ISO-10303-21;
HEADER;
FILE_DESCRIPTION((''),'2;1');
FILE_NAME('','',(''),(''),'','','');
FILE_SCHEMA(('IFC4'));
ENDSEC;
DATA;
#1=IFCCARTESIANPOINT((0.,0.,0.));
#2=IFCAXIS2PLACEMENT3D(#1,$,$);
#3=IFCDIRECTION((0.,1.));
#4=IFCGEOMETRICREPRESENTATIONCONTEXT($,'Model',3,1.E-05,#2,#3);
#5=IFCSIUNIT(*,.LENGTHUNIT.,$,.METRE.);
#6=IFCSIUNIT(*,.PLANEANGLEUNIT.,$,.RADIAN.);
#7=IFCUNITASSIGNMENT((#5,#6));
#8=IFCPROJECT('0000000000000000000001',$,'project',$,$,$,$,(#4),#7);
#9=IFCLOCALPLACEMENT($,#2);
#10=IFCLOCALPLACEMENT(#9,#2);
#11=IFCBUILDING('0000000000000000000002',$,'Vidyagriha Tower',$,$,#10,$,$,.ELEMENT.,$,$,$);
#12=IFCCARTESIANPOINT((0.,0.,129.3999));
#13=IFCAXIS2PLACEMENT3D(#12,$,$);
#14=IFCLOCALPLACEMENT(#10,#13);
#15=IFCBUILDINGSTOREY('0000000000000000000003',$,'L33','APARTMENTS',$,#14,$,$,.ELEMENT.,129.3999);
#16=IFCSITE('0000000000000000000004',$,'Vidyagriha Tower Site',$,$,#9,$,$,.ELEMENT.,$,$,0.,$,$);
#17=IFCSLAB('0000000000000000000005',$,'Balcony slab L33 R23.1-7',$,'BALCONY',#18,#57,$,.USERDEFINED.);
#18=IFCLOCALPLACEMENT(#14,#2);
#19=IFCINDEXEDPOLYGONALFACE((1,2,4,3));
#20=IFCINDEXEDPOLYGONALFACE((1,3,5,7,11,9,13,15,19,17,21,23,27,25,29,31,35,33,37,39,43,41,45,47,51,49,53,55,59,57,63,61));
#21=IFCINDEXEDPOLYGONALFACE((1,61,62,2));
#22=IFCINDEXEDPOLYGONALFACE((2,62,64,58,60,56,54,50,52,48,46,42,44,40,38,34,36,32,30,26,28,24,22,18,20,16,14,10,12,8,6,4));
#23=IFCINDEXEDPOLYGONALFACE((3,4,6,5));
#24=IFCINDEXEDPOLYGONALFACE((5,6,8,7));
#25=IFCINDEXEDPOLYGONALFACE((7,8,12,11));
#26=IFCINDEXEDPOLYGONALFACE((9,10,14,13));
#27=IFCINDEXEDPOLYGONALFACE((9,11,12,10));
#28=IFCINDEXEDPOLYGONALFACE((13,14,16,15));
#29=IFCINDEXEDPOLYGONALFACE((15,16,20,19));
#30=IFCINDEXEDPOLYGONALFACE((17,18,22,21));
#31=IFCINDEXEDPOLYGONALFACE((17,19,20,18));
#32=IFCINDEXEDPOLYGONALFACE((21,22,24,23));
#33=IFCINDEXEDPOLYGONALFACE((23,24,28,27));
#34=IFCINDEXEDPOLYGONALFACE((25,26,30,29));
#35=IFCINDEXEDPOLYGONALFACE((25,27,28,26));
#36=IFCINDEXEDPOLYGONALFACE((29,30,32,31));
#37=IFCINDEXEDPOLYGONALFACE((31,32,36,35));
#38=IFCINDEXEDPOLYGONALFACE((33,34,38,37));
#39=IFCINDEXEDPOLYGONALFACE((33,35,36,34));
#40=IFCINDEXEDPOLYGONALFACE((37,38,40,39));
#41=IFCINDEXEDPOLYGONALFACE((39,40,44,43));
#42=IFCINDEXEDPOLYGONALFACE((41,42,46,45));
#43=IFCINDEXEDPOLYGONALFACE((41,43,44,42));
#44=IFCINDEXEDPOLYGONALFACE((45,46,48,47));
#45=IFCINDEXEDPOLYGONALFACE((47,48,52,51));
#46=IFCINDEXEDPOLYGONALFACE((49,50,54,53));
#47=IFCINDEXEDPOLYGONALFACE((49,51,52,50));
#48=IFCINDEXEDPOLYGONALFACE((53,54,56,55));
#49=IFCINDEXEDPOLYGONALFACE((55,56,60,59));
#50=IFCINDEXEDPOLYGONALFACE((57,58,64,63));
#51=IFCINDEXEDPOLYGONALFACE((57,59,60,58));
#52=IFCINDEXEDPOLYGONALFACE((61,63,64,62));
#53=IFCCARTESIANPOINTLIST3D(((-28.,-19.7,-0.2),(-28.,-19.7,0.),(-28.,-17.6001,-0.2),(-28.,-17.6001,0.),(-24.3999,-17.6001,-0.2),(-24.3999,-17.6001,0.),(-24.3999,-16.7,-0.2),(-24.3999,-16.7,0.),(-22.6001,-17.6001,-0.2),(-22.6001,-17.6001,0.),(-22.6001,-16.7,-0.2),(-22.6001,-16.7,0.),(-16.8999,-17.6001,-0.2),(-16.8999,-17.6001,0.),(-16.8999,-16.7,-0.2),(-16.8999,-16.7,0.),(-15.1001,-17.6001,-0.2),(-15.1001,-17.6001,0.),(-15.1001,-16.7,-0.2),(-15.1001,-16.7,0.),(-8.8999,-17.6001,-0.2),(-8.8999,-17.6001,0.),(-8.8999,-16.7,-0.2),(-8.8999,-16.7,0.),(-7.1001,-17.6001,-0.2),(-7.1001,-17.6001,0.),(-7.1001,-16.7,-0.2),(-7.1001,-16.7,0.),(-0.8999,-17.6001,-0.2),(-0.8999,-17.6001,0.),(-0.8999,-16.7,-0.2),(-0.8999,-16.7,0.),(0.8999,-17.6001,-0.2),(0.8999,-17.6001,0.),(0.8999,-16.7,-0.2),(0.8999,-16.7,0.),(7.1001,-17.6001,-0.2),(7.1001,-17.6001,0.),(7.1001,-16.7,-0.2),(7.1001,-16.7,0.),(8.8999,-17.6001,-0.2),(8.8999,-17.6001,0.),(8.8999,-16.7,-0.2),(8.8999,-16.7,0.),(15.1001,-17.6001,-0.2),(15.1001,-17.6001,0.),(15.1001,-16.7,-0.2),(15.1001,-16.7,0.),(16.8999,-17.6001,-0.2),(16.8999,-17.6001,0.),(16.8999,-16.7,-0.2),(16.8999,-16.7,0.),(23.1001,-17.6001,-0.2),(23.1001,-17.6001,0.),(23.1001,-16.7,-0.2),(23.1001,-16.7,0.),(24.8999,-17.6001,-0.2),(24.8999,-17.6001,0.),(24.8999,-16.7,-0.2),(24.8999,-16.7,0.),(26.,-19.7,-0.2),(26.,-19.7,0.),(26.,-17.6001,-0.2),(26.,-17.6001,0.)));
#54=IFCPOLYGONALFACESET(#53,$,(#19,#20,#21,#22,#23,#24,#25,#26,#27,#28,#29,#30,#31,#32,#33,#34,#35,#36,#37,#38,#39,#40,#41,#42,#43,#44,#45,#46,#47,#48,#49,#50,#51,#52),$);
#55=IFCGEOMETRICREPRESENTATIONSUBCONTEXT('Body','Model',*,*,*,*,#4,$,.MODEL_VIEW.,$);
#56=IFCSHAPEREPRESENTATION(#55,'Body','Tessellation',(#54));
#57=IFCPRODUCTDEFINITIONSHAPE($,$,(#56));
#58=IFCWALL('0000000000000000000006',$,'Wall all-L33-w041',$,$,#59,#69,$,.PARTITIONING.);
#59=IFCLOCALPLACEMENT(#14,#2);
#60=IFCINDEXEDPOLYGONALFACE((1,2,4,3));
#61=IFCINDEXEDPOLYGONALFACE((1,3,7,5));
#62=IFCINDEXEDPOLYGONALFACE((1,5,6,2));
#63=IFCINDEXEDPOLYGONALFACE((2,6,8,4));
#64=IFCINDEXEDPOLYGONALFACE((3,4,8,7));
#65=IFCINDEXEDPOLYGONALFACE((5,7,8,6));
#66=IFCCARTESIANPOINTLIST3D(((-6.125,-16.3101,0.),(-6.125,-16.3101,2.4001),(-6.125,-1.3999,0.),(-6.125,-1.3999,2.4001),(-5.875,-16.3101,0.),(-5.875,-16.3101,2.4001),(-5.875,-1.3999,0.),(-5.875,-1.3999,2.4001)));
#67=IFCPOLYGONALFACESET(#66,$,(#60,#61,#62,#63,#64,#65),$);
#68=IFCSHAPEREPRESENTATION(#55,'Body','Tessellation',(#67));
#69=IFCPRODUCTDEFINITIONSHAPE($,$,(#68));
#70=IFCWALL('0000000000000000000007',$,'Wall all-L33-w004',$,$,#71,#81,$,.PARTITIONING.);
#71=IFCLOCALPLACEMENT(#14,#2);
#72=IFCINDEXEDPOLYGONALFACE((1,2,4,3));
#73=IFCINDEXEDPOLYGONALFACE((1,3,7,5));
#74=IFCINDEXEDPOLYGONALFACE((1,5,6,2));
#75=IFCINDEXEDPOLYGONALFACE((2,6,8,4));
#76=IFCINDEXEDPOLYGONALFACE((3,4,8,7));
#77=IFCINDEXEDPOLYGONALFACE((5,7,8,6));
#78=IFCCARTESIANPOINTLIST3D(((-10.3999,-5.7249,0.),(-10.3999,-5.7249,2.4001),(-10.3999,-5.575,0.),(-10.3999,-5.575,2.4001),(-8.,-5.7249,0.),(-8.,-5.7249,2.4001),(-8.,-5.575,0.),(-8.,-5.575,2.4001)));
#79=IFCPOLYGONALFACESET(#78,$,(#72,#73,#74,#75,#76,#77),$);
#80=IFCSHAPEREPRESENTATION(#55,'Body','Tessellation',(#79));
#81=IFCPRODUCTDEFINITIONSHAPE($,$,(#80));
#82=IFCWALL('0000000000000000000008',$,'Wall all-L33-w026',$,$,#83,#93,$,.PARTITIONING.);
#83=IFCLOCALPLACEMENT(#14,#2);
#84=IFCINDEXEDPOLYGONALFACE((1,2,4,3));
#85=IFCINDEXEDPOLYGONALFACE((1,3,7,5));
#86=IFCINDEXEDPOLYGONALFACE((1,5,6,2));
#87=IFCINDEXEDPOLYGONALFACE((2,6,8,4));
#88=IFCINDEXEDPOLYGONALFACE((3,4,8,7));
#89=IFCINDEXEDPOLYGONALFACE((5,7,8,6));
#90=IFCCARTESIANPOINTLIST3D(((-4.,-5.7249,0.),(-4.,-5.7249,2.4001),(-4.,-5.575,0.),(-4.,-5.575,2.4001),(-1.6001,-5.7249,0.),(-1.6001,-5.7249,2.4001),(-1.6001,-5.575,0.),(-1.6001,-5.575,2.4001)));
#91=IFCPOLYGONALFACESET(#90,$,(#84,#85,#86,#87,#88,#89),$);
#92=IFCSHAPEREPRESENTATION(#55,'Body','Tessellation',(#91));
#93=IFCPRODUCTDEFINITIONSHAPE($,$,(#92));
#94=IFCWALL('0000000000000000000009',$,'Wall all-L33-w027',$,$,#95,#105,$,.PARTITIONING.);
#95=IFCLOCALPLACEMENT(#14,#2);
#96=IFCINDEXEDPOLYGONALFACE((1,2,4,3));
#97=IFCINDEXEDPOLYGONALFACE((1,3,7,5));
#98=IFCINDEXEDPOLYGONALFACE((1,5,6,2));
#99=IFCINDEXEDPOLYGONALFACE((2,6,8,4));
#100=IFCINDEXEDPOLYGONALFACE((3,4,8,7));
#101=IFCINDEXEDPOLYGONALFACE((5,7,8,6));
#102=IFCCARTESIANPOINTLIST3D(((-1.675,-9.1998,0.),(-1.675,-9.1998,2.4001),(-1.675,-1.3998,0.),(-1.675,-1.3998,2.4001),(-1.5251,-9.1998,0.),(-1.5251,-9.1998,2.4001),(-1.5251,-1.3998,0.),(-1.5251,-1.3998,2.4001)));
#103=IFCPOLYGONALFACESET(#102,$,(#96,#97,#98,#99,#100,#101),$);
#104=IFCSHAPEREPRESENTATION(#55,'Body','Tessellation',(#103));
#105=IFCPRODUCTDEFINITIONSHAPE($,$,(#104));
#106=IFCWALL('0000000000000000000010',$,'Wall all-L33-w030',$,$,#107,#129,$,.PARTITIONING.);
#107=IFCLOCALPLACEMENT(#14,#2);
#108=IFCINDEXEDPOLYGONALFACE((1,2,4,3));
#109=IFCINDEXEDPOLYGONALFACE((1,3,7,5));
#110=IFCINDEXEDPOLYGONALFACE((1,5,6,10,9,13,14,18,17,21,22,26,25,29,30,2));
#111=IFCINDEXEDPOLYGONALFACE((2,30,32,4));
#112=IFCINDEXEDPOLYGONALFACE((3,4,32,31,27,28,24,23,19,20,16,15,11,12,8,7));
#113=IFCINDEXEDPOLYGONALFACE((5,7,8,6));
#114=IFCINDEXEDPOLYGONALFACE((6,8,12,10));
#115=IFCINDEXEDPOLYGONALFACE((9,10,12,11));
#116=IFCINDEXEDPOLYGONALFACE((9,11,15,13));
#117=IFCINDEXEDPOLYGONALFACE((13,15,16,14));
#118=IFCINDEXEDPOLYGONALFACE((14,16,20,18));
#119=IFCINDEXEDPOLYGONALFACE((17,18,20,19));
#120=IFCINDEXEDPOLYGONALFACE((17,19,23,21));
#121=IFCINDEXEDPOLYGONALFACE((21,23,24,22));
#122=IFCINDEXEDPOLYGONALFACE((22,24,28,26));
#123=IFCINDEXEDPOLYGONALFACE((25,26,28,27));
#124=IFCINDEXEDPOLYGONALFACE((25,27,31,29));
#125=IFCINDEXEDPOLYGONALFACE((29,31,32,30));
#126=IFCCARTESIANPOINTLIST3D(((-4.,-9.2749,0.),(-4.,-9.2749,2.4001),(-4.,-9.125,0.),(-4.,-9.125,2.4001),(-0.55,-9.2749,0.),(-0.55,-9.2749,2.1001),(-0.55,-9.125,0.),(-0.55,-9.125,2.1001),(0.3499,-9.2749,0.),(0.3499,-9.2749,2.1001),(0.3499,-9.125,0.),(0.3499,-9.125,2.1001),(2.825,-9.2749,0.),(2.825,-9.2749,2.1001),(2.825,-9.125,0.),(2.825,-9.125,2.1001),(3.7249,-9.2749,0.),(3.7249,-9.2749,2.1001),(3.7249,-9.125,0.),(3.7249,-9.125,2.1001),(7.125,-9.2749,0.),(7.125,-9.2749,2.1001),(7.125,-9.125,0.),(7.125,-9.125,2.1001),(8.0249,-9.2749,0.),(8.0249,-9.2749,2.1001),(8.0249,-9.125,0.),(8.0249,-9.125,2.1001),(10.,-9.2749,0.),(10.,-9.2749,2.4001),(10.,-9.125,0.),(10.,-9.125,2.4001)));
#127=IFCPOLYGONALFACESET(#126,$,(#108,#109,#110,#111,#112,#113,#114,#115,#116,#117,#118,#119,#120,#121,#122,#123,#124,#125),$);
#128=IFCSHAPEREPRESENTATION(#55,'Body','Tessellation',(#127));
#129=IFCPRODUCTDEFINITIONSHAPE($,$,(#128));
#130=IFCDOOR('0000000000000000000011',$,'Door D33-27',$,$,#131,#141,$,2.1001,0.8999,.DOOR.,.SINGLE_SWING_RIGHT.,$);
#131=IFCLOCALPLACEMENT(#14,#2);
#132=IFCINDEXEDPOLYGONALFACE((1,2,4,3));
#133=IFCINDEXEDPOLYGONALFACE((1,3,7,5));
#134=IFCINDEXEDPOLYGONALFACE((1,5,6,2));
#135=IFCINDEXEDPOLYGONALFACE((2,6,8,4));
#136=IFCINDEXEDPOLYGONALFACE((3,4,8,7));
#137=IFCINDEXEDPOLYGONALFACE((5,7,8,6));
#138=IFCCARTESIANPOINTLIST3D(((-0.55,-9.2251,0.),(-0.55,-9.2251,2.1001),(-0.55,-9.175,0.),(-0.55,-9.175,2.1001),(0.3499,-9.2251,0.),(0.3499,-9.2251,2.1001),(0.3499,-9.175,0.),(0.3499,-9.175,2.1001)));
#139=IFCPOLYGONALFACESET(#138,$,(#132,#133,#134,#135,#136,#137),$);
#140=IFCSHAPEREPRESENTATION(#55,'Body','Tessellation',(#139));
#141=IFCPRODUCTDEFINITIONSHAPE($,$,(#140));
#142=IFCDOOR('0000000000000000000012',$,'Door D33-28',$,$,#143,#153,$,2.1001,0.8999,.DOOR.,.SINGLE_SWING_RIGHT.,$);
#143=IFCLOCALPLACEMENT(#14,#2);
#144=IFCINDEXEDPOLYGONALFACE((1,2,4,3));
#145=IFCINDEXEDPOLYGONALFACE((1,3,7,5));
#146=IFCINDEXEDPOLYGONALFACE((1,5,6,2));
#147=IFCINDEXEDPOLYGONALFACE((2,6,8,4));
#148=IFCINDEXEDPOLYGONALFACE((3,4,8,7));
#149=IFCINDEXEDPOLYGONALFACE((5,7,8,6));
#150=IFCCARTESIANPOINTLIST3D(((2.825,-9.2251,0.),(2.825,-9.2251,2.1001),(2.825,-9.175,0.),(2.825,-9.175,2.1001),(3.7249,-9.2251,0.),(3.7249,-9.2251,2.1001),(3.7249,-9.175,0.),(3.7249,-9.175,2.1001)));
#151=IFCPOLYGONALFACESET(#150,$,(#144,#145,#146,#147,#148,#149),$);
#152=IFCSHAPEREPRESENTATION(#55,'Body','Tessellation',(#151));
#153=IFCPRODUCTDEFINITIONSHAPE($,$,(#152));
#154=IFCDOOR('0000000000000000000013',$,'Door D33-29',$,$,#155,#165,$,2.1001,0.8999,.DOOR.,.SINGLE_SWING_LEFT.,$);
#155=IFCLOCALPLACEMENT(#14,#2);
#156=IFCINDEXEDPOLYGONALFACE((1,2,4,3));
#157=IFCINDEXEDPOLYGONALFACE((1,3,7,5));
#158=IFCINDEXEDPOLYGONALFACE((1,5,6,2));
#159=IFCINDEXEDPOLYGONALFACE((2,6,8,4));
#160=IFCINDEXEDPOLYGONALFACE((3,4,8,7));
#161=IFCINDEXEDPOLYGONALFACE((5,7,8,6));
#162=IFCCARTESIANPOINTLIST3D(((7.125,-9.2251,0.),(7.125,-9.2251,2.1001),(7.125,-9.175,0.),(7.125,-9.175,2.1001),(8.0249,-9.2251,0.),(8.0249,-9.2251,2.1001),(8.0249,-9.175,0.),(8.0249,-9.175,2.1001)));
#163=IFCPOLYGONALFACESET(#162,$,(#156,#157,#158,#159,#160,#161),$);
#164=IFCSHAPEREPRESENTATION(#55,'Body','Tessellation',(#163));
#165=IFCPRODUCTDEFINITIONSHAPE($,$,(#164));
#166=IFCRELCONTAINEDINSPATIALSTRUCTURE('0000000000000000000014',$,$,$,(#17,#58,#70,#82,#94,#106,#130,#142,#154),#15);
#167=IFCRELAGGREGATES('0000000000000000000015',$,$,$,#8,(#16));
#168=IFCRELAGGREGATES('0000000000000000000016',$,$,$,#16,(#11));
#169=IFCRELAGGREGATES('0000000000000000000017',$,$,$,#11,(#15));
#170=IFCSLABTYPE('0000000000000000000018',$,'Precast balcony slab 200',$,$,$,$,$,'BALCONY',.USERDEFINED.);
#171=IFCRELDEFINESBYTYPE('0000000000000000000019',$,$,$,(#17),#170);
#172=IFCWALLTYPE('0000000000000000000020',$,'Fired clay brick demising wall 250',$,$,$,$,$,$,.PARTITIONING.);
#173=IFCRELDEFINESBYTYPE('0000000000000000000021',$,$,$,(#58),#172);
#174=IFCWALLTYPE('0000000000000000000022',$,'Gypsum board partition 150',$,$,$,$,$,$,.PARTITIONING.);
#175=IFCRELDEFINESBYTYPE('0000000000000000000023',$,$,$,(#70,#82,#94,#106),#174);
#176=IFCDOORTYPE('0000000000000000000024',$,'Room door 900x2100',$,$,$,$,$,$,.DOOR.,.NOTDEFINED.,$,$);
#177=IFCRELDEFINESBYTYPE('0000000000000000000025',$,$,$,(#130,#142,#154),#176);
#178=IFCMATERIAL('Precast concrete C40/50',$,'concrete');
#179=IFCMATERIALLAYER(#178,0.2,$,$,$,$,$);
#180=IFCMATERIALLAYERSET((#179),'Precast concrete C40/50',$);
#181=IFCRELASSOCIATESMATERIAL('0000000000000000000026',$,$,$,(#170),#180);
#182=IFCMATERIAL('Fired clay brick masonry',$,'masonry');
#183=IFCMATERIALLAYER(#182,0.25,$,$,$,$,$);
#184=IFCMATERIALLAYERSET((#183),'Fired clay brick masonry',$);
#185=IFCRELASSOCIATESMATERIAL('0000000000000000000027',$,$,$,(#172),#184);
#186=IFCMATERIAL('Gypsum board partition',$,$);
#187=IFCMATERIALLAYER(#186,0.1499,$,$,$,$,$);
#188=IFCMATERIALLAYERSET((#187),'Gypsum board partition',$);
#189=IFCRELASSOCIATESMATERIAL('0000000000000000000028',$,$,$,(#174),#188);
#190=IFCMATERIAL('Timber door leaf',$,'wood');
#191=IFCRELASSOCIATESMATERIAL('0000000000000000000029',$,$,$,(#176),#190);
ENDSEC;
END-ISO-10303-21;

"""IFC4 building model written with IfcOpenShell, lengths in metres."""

from ifc_helpers import new_model, si_unit, direction, frame, frame_2d, origin, place, context, subcontext, project, spatial, polyline, rectangle, outline, extrude, material, layer, layer_set, type_object, element, fill, save


model = new_model("IFC4")

# Units and contexts
model_context = context("Model", 3, precision=1e-05, world=origin(), true_north=direction((0.0, 1.0)))
body_context = subcontext(model_context, "Body", "Model", "MODEL_VIEW")
ifc_project = project(units=[si_unit("LENGTHUNIT", "METRE"), si_unit("PLANEANGLEUNIT", "RADIAN")], contexts=[model_context])

# Site, building, storey
site_placement = place(None, origin())
site = spatial("IfcSite", under=ifc_project, at=site_placement, Name="Vidyagriha Tower Site", CompositionType="ELEMENT", RefElevation=0.0)
building_placement = place(site_placement, origin())
building = spatial("IfcBuilding", under=site, at=building_placement, Name="Vidyagriha Tower", CompositionType="ELEMENT")
storey_placement = place(building_placement, frame((0.0, 0.0, 129.3999)))
storey = spatial("IfcBuildingStorey", under=building, at=storey_placement, Name="L33", Description="APARTMENTS", CompositionType="ELEMENT", Elevation=129.3999)

# Slab
ifc_material_1 = material(Name="Precast concrete C40/50", Category="concrete")
ifc_layer_1 = layer(ifc_material_1, 0.2)
ifc_layer_set_1 = layer_set([ifc_layer_1], Name="Precast concrete C40/50")
slab_type_1 = type_object("IfcSlabType", Name="Precast balcony slab 200", ElementType="BALCONY", PredefinedType="USERDEFINED", material=ifc_layer_set_1)
slab_1_placement = place(storey_placement, frame((0.0, 0.0, -0.2)))
element("IfcSlab", 1, at=slab_1_placement, inside=storey, type_object=slab_type_1, Name="Balcony slab L33 R23.1-7", ObjectType="BALCONY", PredefinedType="USERDEFINED", context=body_context, shape_type="SweptSolid", body=[
    extrude(outline(polyline([(-22.6001, -16.7), (-24.3999, -16.7), (-24.3999, -17.6001), (-28.0, -17.6001), (-28.0, -19.7), (26.0, -19.7), (26.0, -17.6001), (24.8999, -17.6001), (24.8999, -16.7), (23.1001, -16.7), (23.1001, -17.6001), (16.8999, -17.6001), (16.8999, -16.7), (15.1001, -16.7), (15.1001, -17.6001), (8.8999, -17.6001), (8.8999, -16.7), (7.1001, -16.7), (7.1001, -17.6001), (0.8999, -17.6001), (0.8999, -16.7), (-0.8999, -16.7), (-0.8999, -17.6001), (-7.1001, -17.6001), (-7.1001, -16.7), (-8.8999, -16.7), (-8.8999, -17.6001), (-15.1001, -17.6001), (-15.1001, -16.7), (-16.8999, -16.7), (-16.8999, -17.6001), (-22.6001, -17.6001), (-22.6001, -16.7)])), origin(), (0.0, 0.0, 1.0), 0.2),
])

# Walls
ifc_material_2 = material(Name="Fired clay brick masonry", Category="masonry")
ifc_layer_2 = layer(ifc_material_2, 0.25)
ifc_layer_set_2 = layer_set([ifc_layer_2], Name="Fired clay brick masonry")
wall_type_1 = type_object("IfcWallType", Name="Fired clay brick demising wall 250", PredefinedType="PARTITIONING", material=ifc_layer_set_2)
wall_1_placement = place(storey_placement, frame((-6.0, -1.3999, 0.0), z_axis=(0.0, 0.0, 1.0), x_axis=(0.0, -1.0, 0.0)))
element("IfcWall", 2, at=wall_1_placement, inside=storey, type_object=wall_type_1, Name="Wall all-L33-w041", PredefinedType="PARTITIONING", context=body_context, shape_type="SweptSolid", body=[
    extrude(rectangle(XDim=14.9102, YDim=0.25, at=frame_2d((7.4551, 0.0))), origin(), (0.0, 0.0, 1.0), 2.4001),
])
ifc_material_3 = material(Name="Gypsum board partition")
ifc_layer_3 = layer(ifc_material_3, 0.1499)
ifc_layer_set_3 = layer_set([ifc_layer_3], Name="Gypsum board partition")
wall_type_2 = type_object("IfcWallType", Name="Gypsum board partition 150", PredefinedType="PARTITIONING", material=ifc_layer_set_3)
for number, where, z_axis, x_axis, name in (
    (3, (-8.0, -5.6499, 0.0), (0.0, 0.0, 1.0), (-1.0, 0.0, 0.0), "Wall all-L33-w004"),
    (4, (-1.6001, -5.6499, 0.0), (0.0, 0.0, 1.0), (-1.0, 0.0, 0.0), "Wall all-L33-w026"),
):
    element("IfcWall", number, at=place(storey_placement, frame(where, z_axis=z_axis, x_axis=x_axis)), inside=storey, type_object=wall_type_2, Name=name, PredefinedType="PARTITIONING", context=body_context, shape_type="SweptSolid", body=[
        extrude(rectangle(XDim=2.3999, YDim=0.1499, at=frame_2d((1.2, 0.0))), origin(), (0.0, 0.0, 1.0), 2.4001),
    ])
wall_2_placement = place(storey_placement, frame((-1.6001, -1.3999, 0.0), z_axis=(0.0, 0.0, 1.0), x_axis=(0.0, -1.0, 0.0)))
element("IfcWall", 5, at=wall_2_placement, inside=storey, type_object=wall_type_2, Name="Wall all-L33-w027", PredefinedType="PARTITIONING", context=body_context, shape_type="SweptSolid", body=[
    extrude(rectangle(XDim=7.8, YDim=0.1499, at=frame_2d((3.8999, 0.0))), origin(), (0.0, 0.0, 1.0), 2.4001),
])

# Wall, openings, doors
wall_3_placement = place(storey_placement, frame((-4.0, -9.2, 0.0)))
wall_3 = element("IfcWall", 6, at=wall_3_placement, inside=storey, type_object=wall_type_2, Name="Wall all-L33-w030", PredefinedType="PARTITIONING", context=body_context, shape_type="SweptSolid", body=[
    extrude(rectangle(XDim=14.0, YDim=0.1499, at=frame_2d((7.0, 0.0))), origin(), (0.0, 0.0, 1.0), 2.4001),
])
opening_1_placement = place(wall_3_placement, frame((3.45, 0.0, 0.0)))
opening_1 = element("IfcOpeningElement", 7, at=opening_1_placement, cuts=wall_3, PredefinedType="OPENING", context=body_context, shape_type="SweptSolid", body=[
    extrude(rectangle(XDim=0.8999, YDim=2.1001, at=frame_2d((0.45, 1.05))), frame((0.0, 0.085, 0.0), z_axis=(0.0, -1.0, 0.0), x_axis=(1.0, 0.0, 0.0)), (0.0, 0.0, 1.0), 0.1699),
])
opening_2_placement = place(wall_3_placement, frame((6.825, 0.0, 0.0)))
opening_2 = element("IfcOpeningElement", 8, at=opening_2_placement, cuts=wall_3, PredefinedType="OPENING", context=body_context, shape_type="SweptSolid", body=[
    extrude(rectangle(XDim=0.8999, YDim=2.1001, at=frame_2d((0.45, 1.05))), frame((0.0, 0.085, 0.0), z_axis=(0.0, -1.0, 0.0), x_axis=(1.0, 0.0, 0.0)), (0.0, 0.0, 1.0), 0.1699),
])
opening_3_placement = place(wall_3_placement, frame((11.125, 0.0, 0.0)))
opening_3 = element("IfcOpeningElement", 9, at=opening_3_placement, cuts=wall_3, PredefinedType="OPENING", context=body_context, shape_type="SweptSolid", body=[
    extrude(rectangle(XDim=0.8999, YDim=2.1001, at=frame_2d((0.45, 1.05))), frame((0.0, 0.085, 0.0), z_axis=(0.0, -1.0, 0.0), x_axis=(1.0, 0.0, 0.0)), (0.0, 0.0, 1.0), 0.1699),
])
ifc_material_4 = material(Name="Timber door leaf", Category="wood")
door_type_1 = type_object("IfcDoorType", Name="Room door 900x2100", OperationType="NOTDEFINED", PredefinedType="DOOR", material=ifc_material_4)
door_1_placement = place(opening_1_placement, origin())
door_1 = element("IfcDoor", 10, at=door_1_placement, inside=storey, type_object=door_type_1, Name="Door D33-27", OperationType="SINGLE_SWING_RIGHT", OverallHeight=2.1001, OverallWidth=0.8999, PredefinedType="DOOR", context=body_context, shape_type="SweptSolid", body=[
    extrude(rectangle(XDim=0.8999, YDim=2.1001, at=frame_2d((0.45, 1.05))), frame((0.0, 0.0249, 0.0), z_axis=(0.0, -1.0, 0.0), x_axis=(1.0, 0.0, 0.0)), (0.0, 0.0, 1.0), 0.05),
])
fill(opening_1, door_1)
door_2_placement = place(opening_2_placement, origin())
door_2 = element("IfcDoor", 11, at=door_2_placement, inside=storey, type_object=door_type_1, Name="Door D33-28", OperationType="SINGLE_SWING_RIGHT", OverallHeight=2.1001, OverallWidth=0.8999, PredefinedType="DOOR", context=body_context, shape_type="SweptSolid", body=[
    extrude(rectangle(XDim=0.8999, YDim=2.1001, at=frame_2d((0.45, 1.05))), frame((0.0, 0.0249, 0.0), z_axis=(0.0, -1.0, 0.0), x_axis=(1.0, 0.0, 0.0)), (0.0, 0.0, 1.0), 0.05),
])
fill(opening_2, door_2)
door_3_placement = place(opening_3_placement, origin())
door_3 = element("IfcDoor", 12, at=door_3_placement, inside=storey, type_object=door_type_1, Name="Door D33-29", OperationType="SINGLE_SWING_LEFT", OverallHeight=2.1001, OverallWidth=0.8999, PredefinedType="DOOR", context=body_context, shape_type="SweptSolid", body=[
    extrude(rectangle(XDim=0.8999, YDim=2.1001, at=frame_2d((0.45, 1.05))), frame((0.0, 0.0249, 0.0), z_axis=(0.0, -1.0, 0.0), x_axis=(1.0, 0.0, 0.0)), (0.0, 0.0, 1.0), 0.05),
])
fill(opening_3, door_3)

save(model, "model.ifc")
